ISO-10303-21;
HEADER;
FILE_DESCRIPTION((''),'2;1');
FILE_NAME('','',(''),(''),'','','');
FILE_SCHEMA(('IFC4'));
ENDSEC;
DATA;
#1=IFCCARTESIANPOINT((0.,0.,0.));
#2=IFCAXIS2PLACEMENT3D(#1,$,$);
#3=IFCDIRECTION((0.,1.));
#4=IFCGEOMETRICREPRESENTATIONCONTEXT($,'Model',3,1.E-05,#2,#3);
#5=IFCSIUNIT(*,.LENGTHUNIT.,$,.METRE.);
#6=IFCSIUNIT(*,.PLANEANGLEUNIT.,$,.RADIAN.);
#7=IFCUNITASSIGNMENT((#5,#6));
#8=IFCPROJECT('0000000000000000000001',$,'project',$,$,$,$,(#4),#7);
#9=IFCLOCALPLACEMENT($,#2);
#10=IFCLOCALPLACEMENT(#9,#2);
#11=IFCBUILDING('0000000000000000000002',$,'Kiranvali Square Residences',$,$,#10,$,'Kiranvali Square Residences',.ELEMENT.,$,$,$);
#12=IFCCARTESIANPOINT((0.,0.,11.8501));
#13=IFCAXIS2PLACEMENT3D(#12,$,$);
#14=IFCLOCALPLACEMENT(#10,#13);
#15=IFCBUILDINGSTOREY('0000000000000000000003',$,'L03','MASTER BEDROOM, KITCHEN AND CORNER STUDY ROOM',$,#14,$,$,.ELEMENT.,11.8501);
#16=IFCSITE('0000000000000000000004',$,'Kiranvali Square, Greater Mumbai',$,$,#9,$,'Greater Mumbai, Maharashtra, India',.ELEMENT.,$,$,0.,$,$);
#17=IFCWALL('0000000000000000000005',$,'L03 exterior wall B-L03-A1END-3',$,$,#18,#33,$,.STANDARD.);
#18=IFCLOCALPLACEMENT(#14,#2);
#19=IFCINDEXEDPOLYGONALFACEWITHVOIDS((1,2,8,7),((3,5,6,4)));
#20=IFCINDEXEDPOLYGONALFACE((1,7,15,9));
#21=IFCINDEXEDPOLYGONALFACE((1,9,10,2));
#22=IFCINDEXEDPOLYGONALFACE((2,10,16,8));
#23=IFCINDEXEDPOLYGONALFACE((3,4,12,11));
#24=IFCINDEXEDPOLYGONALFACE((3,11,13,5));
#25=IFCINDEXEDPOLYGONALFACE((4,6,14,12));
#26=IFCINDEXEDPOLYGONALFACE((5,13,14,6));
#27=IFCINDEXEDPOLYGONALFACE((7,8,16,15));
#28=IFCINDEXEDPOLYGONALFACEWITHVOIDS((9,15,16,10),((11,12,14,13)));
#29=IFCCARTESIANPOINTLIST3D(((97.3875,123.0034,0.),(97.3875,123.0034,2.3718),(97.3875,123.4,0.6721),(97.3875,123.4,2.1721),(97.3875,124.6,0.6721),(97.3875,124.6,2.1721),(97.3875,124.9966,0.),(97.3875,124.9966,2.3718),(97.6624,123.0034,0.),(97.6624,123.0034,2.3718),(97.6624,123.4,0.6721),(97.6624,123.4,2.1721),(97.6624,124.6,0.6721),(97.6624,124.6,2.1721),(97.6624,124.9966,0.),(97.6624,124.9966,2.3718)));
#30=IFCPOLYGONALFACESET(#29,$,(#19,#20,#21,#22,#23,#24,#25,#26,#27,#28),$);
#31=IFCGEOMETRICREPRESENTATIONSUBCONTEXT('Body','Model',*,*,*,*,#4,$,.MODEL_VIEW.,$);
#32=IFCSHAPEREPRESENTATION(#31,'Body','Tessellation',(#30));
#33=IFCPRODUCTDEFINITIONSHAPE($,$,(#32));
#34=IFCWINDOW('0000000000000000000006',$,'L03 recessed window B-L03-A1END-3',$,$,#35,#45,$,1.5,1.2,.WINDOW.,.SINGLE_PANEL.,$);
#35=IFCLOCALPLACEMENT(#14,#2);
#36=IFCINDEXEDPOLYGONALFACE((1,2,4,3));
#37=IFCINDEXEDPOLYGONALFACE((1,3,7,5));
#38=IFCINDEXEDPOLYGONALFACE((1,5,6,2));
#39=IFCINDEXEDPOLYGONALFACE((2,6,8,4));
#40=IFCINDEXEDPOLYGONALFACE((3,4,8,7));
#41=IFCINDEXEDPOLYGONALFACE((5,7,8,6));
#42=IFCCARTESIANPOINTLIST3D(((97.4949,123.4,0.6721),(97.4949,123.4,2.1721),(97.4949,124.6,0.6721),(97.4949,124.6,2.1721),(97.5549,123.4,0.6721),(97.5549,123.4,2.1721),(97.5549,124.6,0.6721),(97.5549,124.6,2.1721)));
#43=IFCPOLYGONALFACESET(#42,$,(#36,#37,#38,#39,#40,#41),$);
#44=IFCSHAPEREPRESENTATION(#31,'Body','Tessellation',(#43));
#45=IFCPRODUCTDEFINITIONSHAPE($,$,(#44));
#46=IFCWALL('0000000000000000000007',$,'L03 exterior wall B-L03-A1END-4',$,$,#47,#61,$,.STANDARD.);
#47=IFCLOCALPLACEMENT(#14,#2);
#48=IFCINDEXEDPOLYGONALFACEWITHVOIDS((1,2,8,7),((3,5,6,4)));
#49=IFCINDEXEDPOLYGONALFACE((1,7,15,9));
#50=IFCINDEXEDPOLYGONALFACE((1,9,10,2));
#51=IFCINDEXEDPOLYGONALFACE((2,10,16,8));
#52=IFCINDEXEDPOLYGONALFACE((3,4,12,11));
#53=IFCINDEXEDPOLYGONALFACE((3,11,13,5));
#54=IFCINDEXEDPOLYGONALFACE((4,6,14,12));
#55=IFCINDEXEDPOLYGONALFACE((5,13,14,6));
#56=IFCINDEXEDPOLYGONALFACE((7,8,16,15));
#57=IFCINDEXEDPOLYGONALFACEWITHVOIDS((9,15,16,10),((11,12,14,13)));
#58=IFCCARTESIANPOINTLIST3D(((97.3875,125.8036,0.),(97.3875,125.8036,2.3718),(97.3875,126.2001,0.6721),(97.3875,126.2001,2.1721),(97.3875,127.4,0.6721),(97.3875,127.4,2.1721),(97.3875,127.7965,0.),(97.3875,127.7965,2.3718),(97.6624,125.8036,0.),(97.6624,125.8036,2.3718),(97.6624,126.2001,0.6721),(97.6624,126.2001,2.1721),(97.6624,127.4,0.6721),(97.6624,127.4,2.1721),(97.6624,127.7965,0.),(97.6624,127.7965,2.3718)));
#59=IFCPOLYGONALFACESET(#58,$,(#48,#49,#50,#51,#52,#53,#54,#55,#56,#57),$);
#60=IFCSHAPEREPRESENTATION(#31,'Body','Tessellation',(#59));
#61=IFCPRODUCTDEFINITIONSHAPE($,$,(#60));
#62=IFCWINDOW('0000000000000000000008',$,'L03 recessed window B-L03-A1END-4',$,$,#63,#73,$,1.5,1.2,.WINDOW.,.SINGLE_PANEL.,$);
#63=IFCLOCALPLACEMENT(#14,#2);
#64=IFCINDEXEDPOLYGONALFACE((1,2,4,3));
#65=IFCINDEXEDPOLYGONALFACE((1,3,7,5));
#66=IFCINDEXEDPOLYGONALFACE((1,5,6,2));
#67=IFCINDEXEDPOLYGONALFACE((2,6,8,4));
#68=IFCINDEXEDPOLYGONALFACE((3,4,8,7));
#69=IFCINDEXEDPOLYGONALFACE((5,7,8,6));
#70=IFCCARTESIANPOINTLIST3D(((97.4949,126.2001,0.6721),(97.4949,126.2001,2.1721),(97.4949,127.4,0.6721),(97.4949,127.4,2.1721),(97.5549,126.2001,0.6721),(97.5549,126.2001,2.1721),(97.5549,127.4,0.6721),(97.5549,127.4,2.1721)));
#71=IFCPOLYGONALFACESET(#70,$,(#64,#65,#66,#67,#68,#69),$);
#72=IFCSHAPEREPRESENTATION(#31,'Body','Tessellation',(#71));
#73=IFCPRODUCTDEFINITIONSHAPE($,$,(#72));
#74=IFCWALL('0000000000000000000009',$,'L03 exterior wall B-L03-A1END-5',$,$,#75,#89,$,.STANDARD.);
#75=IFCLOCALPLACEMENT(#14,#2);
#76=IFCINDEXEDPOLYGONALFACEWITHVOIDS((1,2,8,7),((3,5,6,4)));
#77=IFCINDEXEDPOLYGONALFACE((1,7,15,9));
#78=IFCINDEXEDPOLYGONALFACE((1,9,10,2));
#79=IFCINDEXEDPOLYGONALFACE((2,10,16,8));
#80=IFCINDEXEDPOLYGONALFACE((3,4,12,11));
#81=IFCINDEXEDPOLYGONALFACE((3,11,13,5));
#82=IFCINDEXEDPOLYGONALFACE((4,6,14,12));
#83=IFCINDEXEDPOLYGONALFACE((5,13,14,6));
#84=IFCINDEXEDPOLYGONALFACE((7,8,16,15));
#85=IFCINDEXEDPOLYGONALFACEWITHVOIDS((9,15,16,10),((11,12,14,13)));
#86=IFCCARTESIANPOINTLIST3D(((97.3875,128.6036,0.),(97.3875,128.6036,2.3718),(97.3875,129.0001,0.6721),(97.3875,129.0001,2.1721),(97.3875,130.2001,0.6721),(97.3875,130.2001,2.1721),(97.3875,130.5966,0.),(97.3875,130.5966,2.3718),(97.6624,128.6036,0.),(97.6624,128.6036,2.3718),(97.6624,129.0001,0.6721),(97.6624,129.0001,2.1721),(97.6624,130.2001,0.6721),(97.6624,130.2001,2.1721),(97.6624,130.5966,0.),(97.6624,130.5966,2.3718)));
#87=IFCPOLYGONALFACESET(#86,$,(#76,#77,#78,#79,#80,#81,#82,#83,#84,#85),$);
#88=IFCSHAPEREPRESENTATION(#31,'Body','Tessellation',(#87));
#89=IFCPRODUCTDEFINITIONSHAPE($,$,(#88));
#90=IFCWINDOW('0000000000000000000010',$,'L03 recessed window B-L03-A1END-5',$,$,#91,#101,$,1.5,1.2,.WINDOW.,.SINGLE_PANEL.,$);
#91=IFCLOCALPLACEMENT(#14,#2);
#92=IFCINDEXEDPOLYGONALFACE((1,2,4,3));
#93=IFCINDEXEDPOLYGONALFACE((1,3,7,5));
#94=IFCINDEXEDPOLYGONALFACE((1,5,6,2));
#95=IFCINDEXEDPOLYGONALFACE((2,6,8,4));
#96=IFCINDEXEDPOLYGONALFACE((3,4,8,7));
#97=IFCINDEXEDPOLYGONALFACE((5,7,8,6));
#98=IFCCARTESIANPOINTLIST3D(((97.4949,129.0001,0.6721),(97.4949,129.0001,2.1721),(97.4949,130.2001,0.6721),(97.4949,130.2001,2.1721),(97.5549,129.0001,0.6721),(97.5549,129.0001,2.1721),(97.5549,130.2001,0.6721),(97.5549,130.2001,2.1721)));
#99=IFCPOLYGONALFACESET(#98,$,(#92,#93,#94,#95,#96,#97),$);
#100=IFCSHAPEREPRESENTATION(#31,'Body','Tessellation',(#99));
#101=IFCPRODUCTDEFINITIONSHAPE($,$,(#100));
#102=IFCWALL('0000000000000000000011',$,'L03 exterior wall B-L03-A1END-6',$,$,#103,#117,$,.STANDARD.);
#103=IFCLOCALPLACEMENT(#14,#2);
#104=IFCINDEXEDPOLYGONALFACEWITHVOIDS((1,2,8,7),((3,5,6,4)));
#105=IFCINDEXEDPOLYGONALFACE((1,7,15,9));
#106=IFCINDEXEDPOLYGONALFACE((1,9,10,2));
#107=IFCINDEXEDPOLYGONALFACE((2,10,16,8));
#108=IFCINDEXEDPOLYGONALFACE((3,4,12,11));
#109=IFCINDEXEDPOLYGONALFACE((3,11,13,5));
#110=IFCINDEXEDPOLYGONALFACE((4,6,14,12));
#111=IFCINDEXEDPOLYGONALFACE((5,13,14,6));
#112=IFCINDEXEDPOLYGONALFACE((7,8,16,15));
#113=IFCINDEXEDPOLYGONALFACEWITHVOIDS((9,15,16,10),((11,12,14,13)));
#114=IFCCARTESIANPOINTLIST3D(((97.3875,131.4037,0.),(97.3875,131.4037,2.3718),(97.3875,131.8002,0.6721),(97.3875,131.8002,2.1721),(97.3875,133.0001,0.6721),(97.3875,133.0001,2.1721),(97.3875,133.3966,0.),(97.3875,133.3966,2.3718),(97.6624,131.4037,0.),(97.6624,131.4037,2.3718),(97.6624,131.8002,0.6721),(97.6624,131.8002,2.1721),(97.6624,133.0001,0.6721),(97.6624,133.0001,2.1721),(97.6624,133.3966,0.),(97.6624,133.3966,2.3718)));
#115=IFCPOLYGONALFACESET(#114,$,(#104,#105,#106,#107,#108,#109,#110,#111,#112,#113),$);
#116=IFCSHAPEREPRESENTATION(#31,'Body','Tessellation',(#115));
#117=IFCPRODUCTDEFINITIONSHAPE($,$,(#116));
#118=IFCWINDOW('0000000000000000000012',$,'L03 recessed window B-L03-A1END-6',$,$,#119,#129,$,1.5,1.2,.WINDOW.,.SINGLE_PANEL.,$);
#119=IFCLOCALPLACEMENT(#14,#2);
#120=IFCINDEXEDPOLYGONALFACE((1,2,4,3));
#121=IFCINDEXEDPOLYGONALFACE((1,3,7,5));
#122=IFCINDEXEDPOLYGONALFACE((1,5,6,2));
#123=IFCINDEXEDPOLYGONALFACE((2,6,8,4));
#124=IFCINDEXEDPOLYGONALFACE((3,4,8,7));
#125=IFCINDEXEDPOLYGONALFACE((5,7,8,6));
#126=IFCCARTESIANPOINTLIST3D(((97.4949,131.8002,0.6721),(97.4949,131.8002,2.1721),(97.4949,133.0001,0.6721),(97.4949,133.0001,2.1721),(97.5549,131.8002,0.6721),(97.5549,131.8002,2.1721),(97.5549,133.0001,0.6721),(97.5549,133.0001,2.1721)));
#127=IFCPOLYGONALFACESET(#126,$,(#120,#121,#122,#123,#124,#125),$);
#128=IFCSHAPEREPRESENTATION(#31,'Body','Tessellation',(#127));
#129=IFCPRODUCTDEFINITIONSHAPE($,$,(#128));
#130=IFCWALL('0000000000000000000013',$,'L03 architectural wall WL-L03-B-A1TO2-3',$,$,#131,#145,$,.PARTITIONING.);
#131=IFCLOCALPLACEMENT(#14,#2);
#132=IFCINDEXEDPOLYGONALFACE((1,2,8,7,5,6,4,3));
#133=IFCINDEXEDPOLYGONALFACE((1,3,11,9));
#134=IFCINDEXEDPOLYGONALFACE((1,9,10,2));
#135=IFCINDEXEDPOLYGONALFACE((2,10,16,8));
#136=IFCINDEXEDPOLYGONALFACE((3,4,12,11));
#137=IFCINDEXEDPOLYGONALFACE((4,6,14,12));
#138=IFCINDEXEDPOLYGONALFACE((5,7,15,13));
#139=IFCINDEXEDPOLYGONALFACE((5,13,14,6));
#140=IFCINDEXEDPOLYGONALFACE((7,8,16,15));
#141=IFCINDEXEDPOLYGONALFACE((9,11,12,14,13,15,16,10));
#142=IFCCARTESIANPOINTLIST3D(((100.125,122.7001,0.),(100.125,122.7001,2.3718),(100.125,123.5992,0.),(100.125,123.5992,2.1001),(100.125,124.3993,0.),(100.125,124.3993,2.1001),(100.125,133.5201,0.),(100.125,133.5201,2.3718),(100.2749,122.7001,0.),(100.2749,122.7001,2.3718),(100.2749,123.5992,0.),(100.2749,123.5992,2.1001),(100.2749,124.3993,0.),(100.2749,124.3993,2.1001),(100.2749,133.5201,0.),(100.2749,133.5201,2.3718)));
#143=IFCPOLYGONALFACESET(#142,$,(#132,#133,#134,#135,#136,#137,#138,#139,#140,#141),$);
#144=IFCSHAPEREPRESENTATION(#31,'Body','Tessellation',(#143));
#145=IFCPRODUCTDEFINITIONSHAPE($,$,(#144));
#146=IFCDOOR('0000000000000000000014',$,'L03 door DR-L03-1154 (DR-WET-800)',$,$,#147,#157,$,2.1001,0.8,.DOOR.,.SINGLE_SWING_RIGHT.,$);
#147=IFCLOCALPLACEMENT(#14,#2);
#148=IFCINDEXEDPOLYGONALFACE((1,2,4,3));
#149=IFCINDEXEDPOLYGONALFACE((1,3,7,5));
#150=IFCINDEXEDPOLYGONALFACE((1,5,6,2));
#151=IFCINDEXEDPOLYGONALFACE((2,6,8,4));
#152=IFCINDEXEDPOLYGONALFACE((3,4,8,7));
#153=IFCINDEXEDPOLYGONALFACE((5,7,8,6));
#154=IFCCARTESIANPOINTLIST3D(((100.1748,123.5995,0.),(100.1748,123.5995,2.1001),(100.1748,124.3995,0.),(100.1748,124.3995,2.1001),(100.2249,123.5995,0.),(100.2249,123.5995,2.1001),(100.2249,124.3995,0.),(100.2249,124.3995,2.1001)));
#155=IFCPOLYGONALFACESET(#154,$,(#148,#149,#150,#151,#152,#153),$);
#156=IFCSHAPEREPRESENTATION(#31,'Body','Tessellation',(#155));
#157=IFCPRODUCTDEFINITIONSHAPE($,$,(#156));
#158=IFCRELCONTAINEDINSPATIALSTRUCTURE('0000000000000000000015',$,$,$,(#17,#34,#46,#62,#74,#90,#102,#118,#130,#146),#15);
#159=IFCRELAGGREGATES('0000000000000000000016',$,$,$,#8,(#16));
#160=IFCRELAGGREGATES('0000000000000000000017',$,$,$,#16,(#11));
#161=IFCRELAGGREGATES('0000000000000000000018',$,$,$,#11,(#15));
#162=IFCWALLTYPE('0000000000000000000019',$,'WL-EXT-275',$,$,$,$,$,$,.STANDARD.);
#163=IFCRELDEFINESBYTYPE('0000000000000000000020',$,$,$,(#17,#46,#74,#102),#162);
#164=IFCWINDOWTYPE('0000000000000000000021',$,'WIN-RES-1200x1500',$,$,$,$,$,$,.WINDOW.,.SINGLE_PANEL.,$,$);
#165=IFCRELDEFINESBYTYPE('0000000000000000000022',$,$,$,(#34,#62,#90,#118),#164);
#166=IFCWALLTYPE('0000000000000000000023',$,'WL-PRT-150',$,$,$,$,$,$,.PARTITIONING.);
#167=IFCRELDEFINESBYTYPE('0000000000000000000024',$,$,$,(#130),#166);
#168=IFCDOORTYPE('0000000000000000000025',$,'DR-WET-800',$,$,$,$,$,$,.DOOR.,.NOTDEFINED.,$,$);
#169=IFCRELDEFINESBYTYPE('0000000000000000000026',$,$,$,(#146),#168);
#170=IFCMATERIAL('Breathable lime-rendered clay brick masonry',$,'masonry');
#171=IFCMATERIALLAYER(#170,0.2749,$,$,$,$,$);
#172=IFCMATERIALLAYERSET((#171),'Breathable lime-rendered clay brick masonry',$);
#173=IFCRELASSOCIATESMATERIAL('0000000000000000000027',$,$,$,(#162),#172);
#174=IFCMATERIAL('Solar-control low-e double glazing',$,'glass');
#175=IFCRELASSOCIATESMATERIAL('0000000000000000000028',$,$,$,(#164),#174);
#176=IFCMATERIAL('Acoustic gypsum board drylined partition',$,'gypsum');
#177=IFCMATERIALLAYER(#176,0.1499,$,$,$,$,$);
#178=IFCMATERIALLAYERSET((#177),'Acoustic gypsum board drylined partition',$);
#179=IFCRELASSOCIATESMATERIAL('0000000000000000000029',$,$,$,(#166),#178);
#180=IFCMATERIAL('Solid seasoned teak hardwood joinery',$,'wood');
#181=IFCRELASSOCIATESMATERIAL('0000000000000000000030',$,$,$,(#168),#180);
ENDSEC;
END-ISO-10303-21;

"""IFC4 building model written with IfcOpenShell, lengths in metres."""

from ifc_helpers import new_model, si_unit, direction, frame, frame_2d, origin, place, context, subcontext, project, spatial, rectangle, extrude, material, layer, layer_set, type_object, element, fill, save


model = new_model("IFC4")

# Units and contexts
model_context = context("Model", 3, precision=1e-05, world=origin(), true_north=direction((0.0, 1.0)))
body_context = subcontext(model_context, "Body", "Model", "MODEL_VIEW")
ifc_project = project(units=[si_unit("LENGTHUNIT", "METRE"), si_unit("PLANEANGLEUNIT", "RADIAN")], contexts=[model_context])

# Site, building, storey
site_placement = place(None, origin())
site = spatial("IfcSite", under=ifc_project, at=site_placement, Name="Kiranvali Square, Greater Mumbai", LongName="Greater Mumbai, Maharashtra, India", CompositionType="ELEMENT", RefElevation=0.0)
building_placement = place(site_placement, origin())
building = spatial("IfcBuilding", under=site, at=building_placement, Name="Kiranvali Square Residences", LongName="Kiranvali Square Residences", CompositionType="ELEMENT")
storey_placement = place(building_placement, frame((0.0, 0.0, 11.8501)))
storey = spatial("IfcBuildingStorey", under=building, at=storey_placement, Name="L03", Description="MASTER BEDROOM, KITCHEN AND CORNER STUDY ROOM", CompositionType="ELEMENT", Elevation=11.8501)

# Walls, openings, windows
ifc_material_1 = material(Name="Breathable lime-rendered clay brick masonry", Category="masonry")
ifc_layer_1 = layer(ifc_material_1, 0.2749)
ifc_layer_set_1 = layer_set([ifc_layer_1], Name="Breathable lime-rendered clay brick masonry")
wall_type_1 = type_object("IfcWallType", Name="WL-EXT-275", PredefinedType="STANDARD", material=ifc_layer_set_1)
ifc_material_2 = material(Name="Solar-control low-e double glazing", Category="glass")
window_type = type_object("IfcWindowType", Name="WIN-RES-1200x1500", PartitioningType="SINGLE_PANEL", PredefinedType="WINDOW", material=ifc_material_2)
wall_1_placement = place(storey_placement, frame((97.5249, 123.0034, 0.0), z_axis=(0.0, 0.0, 1.0), x_axis=(0.0, 1.0, 0.0)))
wall_1 = element("IfcWall", 1, at=wall_1_placement, inside=storey, type_object=wall_type_1, Name="L03 exterior wall B-L03-A1END-3", PredefinedType="STANDARD", context=body_context, shape_type="SweptSolid", body=[
    extrude(rectangle(XDim=1.9932, YDim=0.2749, at=frame_2d((0.9966, 0.0))), origin(), (0.0, 0.0, 1.0), 2.3718),
])
opening_1_placement = place(wall_1_placement, frame((0.3965, 0.0, 0.6721)))
opening_1 = element("IfcOpeningElement", 2, at=opening_1_placement, cuts=wall_1, PredefinedType="OPENING", context=body_context, shape_type="SweptSolid", body=[
    extrude(rectangle(XDim=1.2, YDim=1.5, at=frame_2d((0.6001, 0.75))), frame((0.0, 0.1475, 0.0), z_axis=(0.0, -1.0, 0.0), x_axis=(1.0, 0.0, 0.0)), (0.0, 0.0, 1.0), 0.2949),
])
window_1_placement = place(opening_1_placement, origin())
window_1 = element("IfcWindow", 3, at=window_1_placement, inside=storey, type_object=window_type, Name="L03 recessed window B-L03-A1END-3", OverallHeight=1.5, OverallWidth=1.2, PartitioningType="SINGLE_PANEL", PredefinedType="WINDOW", context=body_context, shape_type="SweptSolid", body=[
    extrude(rectangle(XDim=1.2, YDim=1.5, at=frame_2d((0.6001, 0.75))), frame((0.0, 0.03, 0.0), z_axis=(0.0, -1.0, 0.0), x_axis=(1.0, 0.0, 0.0)), (0.0, 0.0, 1.0), 0.0601),
])
fill(opening_1, window_1)
wall_2_placement = place(storey_placement, frame((97.5249, 125.8035, 0.0), z_axis=(0.0, 0.0, 1.0), x_axis=(0.0, 1.0, 0.0)))
wall_2 = element("IfcWall", 4, at=wall_2_placement, inside=storey, type_object=wall_type_1, Name="L03 exterior wall B-L03-A1END-4", PredefinedType="STANDARD", context=body_context, shape_type="SweptSolid", body=[
    extrude(rectangle(XDim=1.9929, YDim=0.2749, at=frame_2d((0.9966, 0.0))), origin(), (0.0, 0.0, 1.0), 2.3718),
])
opening_2_placement = place(wall_2_placement, frame((0.3965, 0.0, 0.6721)))
opening_2 = element("IfcOpeningElement", 5, at=opening_2_placement, cuts=wall_2, PredefinedType="OPENING", context=body_context, shape_type="SweptSolid", body=[
    extrude(rectangle(XDim=1.2, YDim=1.5, at=frame_2d((0.6001, 0.75))), frame((0.0, 0.1475, 0.0), z_axis=(0.0, -1.0, 0.0), x_axis=(1.0, 0.0, 0.0)), (0.0, 0.0, 1.0), 0.2949),
])
window_2_placement = place(opening_2_placement, origin())
window_2 = element("IfcWindow", 6, at=window_2_placement, inside=storey, type_object=window_type, Name="L03 recessed window B-L03-A1END-4", OverallHeight=1.5, OverallWidth=1.2, PartitioningType="SINGLE_PANEL", PredefinedType="WINDOW", context=body_context, shape_type="SweptSolid", body=[
    extrude(rectangle(XDim=1.2, YDim=1.5, at=frame_2d((0.6001, 0.75))), frame((0.0, 0.03, 0.0), z_axis=(0.0, -1.0, 0.0), x_axis=(1.0, 0.0, 0.0)), (0.0, 0.0, 1.0), 0.0601),
])
fill(opening_2, window_2)
wall_3_placement = place(storey_placement, frame((97.5249, 128.6035, 0.0), z_axis=(0.0, 0.0, 1.0), x_axis=(0.0, 1.0, 0.0)))
wall_3 = element("IfcWall", 7, at=wall_3_placement, inside=storey, type_object=wall_type_1, Name="L03 exterior wall B-L03-A1END-5", PredefinedType="STANDARD", context=body_context, shape_type="SweptSolid", body=[
    extrude(rectangle(XDim=1.9929, YDim=0.2749, at=frame_2d((0.9966, 0.0))), origin(), (0.0, 0.0, 1.0), 2.3718),
])
opening_3_placement = place(wall_3_placement, frame((0.3965, 0.0, 0.6721)))
opening_3 = element("IfcOpeningElement", 8, at=opening_3_placement, cuts=wall_3, PredefinedType="OPENING", context=body_context, shape_type="SweptSolid", body=[
    extrude(rectangle(XDim=1.2, YDim=1.5, at=frame_2d((0.6001, 0.75))), frame((0.0, 0.1475, 0.0), z_axis=(0.0, -1.0, 0.0), x_axis=(1.0, 0.0, 0.0)), (0.0, 0.0, 1.0), 0.2949),
])
window_3_placement = place(opening_3_placement, origin())
window_3 = element("IfcWindow", 9, at=window_3_placement, inside=storey, type_object=window_type, Name="L03 recessed window B-L03-A1END-5", OverallHeight=1.5, OverallWidth=1.2, PartitioningType="SINGLE_PANEL", PredefinedType="WINDOW", context=body_context, shape_type="SweptSolid", body=[
    extrude(rectangle(XDim=1.2, YDim=1.5, at=frame_2d((0.6001, 0.75))), frame((0.0, 0.03, 0.0), z_axis=(0.0, -1.0, 0.0), x_axis=(1.0, 0.0, 0.0)), (0.0, 0.0, 1.0), 0.0601),
])
fill(opening_3, window_3)
wall_4_placement = place(storey_placement, frame((97.5249, 131.4036, 0.0), z_axis=(0.0, 0.0, 1.0), x_axis=(0.0, 1.0, 0.0)))
wall_4 = element("IfcWall", 10, at=wall_4_placement, inside=storey, type_object=wall_type_1, Name="L03 exterior wall B-L03-A1END-6", PredefinedType="STANDARD", context=body_context, shape_type="SweptSolid", body=[
    extrude(rectangle(XDim=1.9929, YDim=0.2749, at=frame_2d((0.9966, 0.0))), origin(), (0.0, 0.0, 1.0), 2.3718),
])
opening_4_placement = place(wall_4_placement, frame((0.3965, 0.0, 0.6721)))
opening_4 = element("IfcOpeningElement", 11, at=opening_4_placement, cuts=wall_4, PredefinedType="OPENING", context=body_context, shape_type="SweptSolid", body=[
    extrude(rectangle(XDim=1.2, YDim=1.5, at=frame_2d((0.6001, 0.75))), frame((0.0, 0.1475, 0.0), z_axis=(0.0, -1.0, 0.0), x_axis=(1.0, 0.0, 0.0)), (0.0, 0.0, 1.0), 0.2949),
])
window_4_placement = place(opening_4_placement, origin())
window_4 = element("IfcWindow", 12, at=window_4_placement, inside=storey, type_object=window_type, Name="L03 recessed window B-L03-A1END-6", OverallHeight=1.5, OverallWidth=1.2, PartitioningType="SINGLE_PANEL", PredefinedType="WINDOW", context=body_context, shape_type="SweptSolid", body=[
    extrude(rectangle(XDim=1.2, YDim=1.5, at=frame_2d((0.6001, 0.75))), frame((0.0, 0.03, 0.0), z_axis=(0.0, -1.0, 0.0), x_axis=(1.0, 0.0, 0.0)), (0.0, 0.0, 1.0), 0.0601),
])
fill(opening_4, window_4)

# Wall, opening, door
ifc_material_3 = material(Name="Acoustic gypsum board drylined partition", Category="gypsum")
ifc_layer_2 = layer(ifc_material_3, 0.1499)
ifc_layer_set_2 = layer_set([ifc_layer_2], Name="Acoustic gypsum board drylined partition")
wall_type_2 = type_object("IfcWallType", Name="WL-PRT-150", PredefinedType="PARTITIONING", material=ifc_layer_set_2)
wall_5_placement = place(storey_placement, frame((100.2, 122.7, 0.0), z_axis=(0.0, 0.0, 1.0), x_axis=(0.0, 1.0, 0.0)))
wall_5 = element("IfcWall", 13, at=wall_5_placement, inside=storey, type_object=wall_type_2, Name="L03 architectural wall WL-L03-B-A1TO2-3", PredefinedType="PARTITIONING", context=body_context, shape_type="SweptSolid", body=[
    extrude(rectangle(XDim=10.8201, YDim=0.1499, at=frame_2d((5.4102, 0.0))), origin(), (0.0, 0.0, 1.0), 2.3718),
])
opening_5_placement = place(wall_5_placement, frame((0.8994, 0.0, 0.0)))
opening_5 = element("IfcOpeningElement", 14, at=opening_5_placement, cuts=wall_5, PredefinedType="OPENING", context=body_context, shape_type="SweptSolid", body=[
    extrude(rectangle(XDim=0.8, YDim=2.1001, at=frame_2d((0.3999, 1.05))), frame((0.0, 0.085, 0.0), z_axis=(0.0, -1.0, 0.0), x_axis=(1.0, 0.0, 0.0)), (0.0, 0.0, 1.0), 0.1699),
])
ifc_material_4 = material(Name="Solid seasoned teak hardwood joinery", Category="wood")
door_type = type_object("IfcDoorType", Name="DR-WET-800", OperationType="NOTDEFINED", PredefinedType="DOOR", material=ifc_material_4)
door_1_placement = place(opening_5_placement, frame((0.8, 0.0, 0.0), z_axis=(0.0, 0.0, 1.0), x_axis=(-1.0, 0.0, 0.0)))
door_1 = element("IfcDoor", 15, at=door_1_placement, inside=storey, type_object=door_type, Name="L03 door DR-L03-1154 (DR-WET-800)", OperationType="SINGLE_SWING_RIGHT", OverallHeight=2.1001, OverallWidth=0.8, PredefinedType="DOOR", context=body_context, shape_type="SweptSolid", body=[
    extrude(rectangle(XDim=0.8, YDim=2.1001, at=frame_2d((0.3999, 1.05))), frame((0.0, 0.0249, 0.0), z_axis=(0.0, -1.0, 0.0), x_axis=(1.0, 0.0, 0.0)), (0.0, 0.0, 1.0), 0.05),
])
fill(opening_5, door_1)

save(model, "model.ifc")
